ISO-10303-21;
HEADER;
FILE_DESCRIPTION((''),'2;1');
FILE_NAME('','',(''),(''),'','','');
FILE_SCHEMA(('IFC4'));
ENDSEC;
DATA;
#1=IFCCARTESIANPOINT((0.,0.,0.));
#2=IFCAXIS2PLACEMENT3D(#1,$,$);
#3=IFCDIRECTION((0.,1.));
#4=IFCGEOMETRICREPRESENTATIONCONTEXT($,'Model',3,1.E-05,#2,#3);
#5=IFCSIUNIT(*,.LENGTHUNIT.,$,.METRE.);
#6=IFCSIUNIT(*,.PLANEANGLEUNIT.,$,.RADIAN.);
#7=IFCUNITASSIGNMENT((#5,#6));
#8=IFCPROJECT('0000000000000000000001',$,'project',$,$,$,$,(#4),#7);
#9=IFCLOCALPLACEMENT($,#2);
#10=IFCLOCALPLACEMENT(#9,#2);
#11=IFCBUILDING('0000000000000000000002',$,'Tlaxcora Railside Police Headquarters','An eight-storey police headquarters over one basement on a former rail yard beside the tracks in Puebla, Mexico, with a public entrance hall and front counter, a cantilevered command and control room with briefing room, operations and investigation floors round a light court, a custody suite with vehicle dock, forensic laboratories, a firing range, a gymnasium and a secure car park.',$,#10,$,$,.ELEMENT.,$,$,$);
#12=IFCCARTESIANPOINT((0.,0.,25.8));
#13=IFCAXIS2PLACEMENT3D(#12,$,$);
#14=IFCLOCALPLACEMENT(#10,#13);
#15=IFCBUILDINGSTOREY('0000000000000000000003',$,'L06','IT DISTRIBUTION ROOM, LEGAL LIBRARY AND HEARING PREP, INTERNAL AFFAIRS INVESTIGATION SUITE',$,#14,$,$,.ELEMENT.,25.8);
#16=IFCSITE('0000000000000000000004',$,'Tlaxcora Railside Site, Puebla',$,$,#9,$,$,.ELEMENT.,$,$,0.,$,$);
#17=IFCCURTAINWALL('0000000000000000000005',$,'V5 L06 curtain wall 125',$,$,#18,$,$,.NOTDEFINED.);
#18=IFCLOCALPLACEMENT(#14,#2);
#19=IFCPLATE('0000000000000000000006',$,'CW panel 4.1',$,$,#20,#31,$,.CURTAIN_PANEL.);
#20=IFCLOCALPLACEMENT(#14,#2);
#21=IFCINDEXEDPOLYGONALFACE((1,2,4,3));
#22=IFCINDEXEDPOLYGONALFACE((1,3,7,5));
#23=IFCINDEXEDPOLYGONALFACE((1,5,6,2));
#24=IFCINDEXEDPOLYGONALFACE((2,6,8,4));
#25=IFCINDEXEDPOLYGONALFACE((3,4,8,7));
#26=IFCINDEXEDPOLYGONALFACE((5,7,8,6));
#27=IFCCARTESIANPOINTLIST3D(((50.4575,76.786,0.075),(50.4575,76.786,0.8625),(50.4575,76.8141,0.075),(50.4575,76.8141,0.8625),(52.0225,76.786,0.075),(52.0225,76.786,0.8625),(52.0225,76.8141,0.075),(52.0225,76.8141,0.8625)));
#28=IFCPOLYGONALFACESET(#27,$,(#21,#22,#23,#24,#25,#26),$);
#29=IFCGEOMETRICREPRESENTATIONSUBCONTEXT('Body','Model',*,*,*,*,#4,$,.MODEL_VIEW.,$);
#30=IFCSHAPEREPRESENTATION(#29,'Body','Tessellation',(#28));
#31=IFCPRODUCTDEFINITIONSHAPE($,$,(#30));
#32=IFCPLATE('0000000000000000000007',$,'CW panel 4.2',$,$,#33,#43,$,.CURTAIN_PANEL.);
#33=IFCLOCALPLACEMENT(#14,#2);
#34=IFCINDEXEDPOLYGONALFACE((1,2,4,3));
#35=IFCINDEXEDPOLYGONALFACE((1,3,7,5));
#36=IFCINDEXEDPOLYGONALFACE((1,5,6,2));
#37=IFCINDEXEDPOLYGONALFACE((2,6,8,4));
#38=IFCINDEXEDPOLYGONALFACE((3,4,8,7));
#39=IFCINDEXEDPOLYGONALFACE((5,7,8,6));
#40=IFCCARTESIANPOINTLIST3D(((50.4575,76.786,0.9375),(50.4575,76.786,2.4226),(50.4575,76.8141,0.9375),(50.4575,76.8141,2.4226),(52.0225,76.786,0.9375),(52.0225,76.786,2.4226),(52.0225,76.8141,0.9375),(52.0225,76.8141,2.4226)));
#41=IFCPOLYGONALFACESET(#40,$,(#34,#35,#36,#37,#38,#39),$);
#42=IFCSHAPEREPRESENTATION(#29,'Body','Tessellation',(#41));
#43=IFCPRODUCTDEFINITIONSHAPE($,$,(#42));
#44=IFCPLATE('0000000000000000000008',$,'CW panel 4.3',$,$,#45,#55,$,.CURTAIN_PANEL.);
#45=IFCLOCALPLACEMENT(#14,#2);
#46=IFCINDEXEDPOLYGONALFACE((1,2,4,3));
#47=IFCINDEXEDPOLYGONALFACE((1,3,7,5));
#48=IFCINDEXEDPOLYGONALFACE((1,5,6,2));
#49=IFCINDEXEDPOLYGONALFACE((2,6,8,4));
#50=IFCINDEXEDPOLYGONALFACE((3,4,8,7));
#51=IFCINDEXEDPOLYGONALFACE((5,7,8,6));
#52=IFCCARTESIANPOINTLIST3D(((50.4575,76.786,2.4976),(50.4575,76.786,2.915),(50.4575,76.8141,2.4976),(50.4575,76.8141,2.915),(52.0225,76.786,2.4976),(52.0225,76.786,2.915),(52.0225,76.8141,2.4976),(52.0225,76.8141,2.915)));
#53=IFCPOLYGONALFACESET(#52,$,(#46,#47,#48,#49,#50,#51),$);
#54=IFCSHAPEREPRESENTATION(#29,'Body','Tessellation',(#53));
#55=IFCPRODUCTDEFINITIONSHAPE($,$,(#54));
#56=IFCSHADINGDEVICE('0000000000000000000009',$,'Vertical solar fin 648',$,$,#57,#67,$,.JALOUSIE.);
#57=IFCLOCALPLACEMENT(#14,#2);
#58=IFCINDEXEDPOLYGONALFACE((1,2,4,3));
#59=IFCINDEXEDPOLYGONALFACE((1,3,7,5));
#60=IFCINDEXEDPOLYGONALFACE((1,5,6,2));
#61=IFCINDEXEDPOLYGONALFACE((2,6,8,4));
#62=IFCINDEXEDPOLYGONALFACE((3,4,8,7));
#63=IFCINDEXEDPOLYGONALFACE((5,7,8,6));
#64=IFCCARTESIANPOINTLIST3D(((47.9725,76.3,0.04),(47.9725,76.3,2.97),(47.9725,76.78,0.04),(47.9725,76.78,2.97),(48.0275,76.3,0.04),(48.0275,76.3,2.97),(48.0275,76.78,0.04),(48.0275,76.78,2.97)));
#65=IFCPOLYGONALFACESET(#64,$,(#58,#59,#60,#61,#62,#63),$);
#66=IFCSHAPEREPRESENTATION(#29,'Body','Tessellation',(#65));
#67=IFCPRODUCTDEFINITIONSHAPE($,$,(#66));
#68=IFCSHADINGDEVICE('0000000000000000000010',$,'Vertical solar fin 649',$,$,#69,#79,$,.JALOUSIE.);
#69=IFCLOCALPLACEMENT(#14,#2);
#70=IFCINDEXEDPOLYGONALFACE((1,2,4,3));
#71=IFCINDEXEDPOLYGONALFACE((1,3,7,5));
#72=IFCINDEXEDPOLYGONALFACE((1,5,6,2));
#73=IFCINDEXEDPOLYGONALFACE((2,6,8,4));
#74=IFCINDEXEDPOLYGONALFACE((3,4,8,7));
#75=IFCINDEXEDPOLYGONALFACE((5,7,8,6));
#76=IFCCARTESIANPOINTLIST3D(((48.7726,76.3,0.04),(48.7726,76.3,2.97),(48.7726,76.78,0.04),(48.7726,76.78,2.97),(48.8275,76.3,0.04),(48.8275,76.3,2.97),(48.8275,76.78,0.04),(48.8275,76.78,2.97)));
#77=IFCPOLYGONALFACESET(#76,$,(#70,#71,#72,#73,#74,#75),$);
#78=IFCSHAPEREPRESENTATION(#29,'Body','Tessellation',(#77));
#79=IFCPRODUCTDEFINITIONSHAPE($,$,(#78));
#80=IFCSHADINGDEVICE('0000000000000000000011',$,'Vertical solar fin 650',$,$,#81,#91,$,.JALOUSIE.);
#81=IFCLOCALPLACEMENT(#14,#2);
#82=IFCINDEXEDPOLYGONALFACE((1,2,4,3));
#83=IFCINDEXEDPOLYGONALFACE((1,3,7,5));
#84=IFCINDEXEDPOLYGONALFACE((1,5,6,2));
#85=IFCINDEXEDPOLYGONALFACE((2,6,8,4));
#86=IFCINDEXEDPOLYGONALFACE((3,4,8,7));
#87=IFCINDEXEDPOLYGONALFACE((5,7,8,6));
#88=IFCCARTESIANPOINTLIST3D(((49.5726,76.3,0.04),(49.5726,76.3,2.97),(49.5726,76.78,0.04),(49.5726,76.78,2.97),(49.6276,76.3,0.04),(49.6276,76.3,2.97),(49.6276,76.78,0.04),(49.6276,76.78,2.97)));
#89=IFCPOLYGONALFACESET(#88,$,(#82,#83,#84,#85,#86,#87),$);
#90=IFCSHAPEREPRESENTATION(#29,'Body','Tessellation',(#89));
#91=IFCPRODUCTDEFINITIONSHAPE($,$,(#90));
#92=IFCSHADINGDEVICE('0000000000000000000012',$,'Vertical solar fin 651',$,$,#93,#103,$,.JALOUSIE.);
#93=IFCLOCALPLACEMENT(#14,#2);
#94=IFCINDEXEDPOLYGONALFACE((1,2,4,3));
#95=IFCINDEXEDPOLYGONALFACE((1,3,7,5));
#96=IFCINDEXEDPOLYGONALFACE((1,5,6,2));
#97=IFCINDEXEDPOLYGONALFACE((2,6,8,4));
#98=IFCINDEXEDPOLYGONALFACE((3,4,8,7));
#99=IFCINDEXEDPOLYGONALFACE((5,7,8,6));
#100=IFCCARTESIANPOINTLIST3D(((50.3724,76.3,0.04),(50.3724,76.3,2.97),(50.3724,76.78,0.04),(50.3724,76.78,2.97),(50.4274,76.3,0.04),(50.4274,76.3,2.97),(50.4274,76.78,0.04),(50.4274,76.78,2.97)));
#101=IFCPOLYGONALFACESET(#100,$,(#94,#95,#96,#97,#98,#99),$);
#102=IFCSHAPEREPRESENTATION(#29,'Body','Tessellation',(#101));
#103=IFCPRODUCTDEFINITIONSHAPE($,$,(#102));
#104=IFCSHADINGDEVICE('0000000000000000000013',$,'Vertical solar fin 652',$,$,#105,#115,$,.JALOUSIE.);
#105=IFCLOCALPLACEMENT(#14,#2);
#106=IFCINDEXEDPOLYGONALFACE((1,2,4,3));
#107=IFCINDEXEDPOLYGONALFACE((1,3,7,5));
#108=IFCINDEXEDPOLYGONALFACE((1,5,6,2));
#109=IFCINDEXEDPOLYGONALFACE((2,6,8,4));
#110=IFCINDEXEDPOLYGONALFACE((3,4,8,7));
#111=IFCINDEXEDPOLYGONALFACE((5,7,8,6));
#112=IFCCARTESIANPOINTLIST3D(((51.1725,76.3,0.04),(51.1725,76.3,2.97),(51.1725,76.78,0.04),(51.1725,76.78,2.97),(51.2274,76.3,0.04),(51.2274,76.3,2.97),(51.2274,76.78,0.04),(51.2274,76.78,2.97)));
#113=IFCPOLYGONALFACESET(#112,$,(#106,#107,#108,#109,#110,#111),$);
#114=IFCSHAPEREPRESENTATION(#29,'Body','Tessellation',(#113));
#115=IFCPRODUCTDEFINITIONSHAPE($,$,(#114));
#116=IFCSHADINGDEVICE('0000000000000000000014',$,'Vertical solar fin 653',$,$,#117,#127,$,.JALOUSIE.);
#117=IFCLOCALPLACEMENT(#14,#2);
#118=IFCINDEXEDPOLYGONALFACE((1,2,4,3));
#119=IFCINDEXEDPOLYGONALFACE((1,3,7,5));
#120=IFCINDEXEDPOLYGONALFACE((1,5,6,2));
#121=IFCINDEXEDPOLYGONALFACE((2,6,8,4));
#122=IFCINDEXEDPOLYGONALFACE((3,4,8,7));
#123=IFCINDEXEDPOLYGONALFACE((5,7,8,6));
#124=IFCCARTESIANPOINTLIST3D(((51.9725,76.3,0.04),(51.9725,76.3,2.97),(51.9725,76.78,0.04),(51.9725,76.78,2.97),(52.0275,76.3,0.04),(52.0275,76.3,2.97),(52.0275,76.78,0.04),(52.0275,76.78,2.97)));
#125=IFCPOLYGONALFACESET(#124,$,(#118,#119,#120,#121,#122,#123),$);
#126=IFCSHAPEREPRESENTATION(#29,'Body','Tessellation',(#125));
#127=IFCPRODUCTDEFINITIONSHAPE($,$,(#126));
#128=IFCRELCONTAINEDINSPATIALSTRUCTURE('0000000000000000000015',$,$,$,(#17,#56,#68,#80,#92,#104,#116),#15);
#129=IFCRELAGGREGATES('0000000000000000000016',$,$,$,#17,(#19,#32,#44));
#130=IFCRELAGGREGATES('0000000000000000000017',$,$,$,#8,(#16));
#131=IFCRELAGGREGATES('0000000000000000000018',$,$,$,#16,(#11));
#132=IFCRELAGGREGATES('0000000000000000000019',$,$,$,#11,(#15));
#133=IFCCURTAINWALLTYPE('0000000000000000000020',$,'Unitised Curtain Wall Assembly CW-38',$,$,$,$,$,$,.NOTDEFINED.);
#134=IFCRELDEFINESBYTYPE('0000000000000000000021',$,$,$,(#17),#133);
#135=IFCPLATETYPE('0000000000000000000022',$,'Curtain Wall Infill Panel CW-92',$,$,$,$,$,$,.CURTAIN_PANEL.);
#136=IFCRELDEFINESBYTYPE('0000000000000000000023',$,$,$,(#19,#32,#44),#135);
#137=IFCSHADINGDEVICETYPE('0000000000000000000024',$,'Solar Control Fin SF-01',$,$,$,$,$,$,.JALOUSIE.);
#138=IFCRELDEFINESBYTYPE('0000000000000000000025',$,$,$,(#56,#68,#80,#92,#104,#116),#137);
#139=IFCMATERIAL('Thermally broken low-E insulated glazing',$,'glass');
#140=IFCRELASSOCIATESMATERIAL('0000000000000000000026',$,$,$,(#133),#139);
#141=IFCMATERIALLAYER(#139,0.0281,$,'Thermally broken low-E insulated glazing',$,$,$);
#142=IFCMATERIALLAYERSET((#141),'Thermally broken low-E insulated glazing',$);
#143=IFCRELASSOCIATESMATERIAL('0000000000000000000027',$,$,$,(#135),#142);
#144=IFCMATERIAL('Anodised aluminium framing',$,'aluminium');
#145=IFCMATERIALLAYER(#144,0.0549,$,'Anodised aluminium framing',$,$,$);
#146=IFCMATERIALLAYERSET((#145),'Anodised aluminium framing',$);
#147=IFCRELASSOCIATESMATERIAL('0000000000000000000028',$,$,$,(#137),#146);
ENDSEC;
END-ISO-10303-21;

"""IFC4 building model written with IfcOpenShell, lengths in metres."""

from ifc_helpers import new_model, si_unit, direction, frame, origin, origin_2d, place, context, subcontext, project, spatial, rectangle, extrude, material, layer, layer_set, type_object, element, aggregate, save


model = new_model("IFC4")

# Units and contexts
model_context = context("Model", 3, precision=1e-05, world=origin(), true_north=direction((0.0, 1.0)))
body_context = subcontext(model_context, "Body", "Model", "MODEL_VIEW")
ifc_project = project(units=[si_unit("LENGTHUNIT", "METRE"), si_unit("PLANEANGLEUNIT", "RADIAN")], contexts=[model_context])

# Site, building, storey
site_placement = place(None, origin())
site = spatial("IfcSite", under=ifc_project, at=site_placement, Name="Tlaxcora Railside Site, Puebla", CompositionType="ELEMENT", RefElevation=0.0)
building_placement = place(site_placement, origin())
building = spatial("IfcBuilding", under=site, at=building_placement, Name="Tlaxcora Railside Police Headquarters", Description="An eight-storey police headquarters over one basement on a former rail yard beside the tracks in Puebla, Mexico, with a public entrance hall and front counter, a cantilevered command and control room with briefing room, operations and investigation floors round a light court, a custody suite with vehicle dock, forensic laboratories, a firing range, a gymnasium and a secure car park.", CompositionType="ELEMENT")
storey_placement = place(building_placement, frame((0.0, 0.0, 25.8)))
storey = spatial("IfcBuildingStorey", under=building, at=storey_placement, Name="L06", Description="IT DISTRIBUTION ROOM, LEGAL LIBRARY AND HEARING PREP, INTERNAL AFFAIRS INVESTIGATION SUITE", CompositionType="ELEMENT", Elevation=25.8)

# Curtain wall, plates
ifc_material_1 = material(Name="Thermally broken low-E insulated glazing", Category="glass")
curtain_wall_type = type_object("IfcCurtainWallType", Name="Unitised Curtain Wall Assembly CW-38", PredefinedType="NOTDEFINED", material=ifc_material_1)
curtain_wall_placement = place(storey_placement, origin())
curtain_wall = element("IfcCurtainWall", 1, at=curtain_wall_placement, inside=storey, type_object=curtain_wall_type, Name="V5 L06 curtain wall 125", PredefinedType="NOTDEFINED")
ifc_material_2 = material(Name="Anodised aluminium framing", Category="aluminium")
ifc_layer_1 = layer(ifc_material_1, 0.0281, Name="Thermally broken low-E insulated glazing")
ifc_layer_set_1 = layer_set([ifc_layer_1], Name="Thermally broken low-E insulated glazing")
plate_type = type_object("IfcPlateType", Name="Curtain Wall Infill Panel CW-92", PredefinedType="CURTAIN_PANEL", material=ifc_layer_set_1)
plate_1_placement = place(storey_placement, frame((51.24, 76.8, 0.075), z_axis=(0.0, 0.0, 1.0), x_axis=(1.0, 0.0, 0.0)))
plate_1 = element("IfcPlate", 2, at=plate_1_placement, type_object=plate_type, Name="CW panel 4.1", PredefinedType="CURTAIN_PANEL", context=body_context, shape_type="SweptSolid", body=[
    extrude(rectangle(XDim=1.5649, YDim=0.0281, at=origin_2d()), origin(), (0.0, 0.0, 1.0), 0.7876),
])
plate_2_placement = place(storey_placement, frame((51.24, 76.8, 0.9375), z_axis=(0.0, 0.0, 1.0), x_axis=(1.0, 0.0, 0.0)))
plate_2 = element("IfcPlate", 3, at=plate_2_placement, type_object=plate_type, Name="CW panel 4.2", PredefinedType="CURTAIN_PANEL", context=body_context, shape_type="SweptSolid", body=[
    extrude(rectangle(XDim=1.5649, YDim=0.0281, at=origin_2d()), origin(), (0.0, 0.0, 1.0), 1.4851),
])
plate_3_placement = place(storey_placement, frame((51.24, 76.8, 2.4976), z_axis=(0.0, 0.0, 1.0), x_axis=(1.0, 0.0, 0.0)))
plate_3 = element("IfcPlate", 4, at=plate_3_placement, type_object=plate_type, Name="CW panel 4.3", PredefinedType="CURTAIN_PANEL", context=body_context, shape_type="SweptSolid", body=[
    extrude(rectangle(XDim=1.5649, YDim=0.0281, at=origin_2d()), origin(), (0.0, 0.0, 1.0), 0.4175),
])
aggregate(curtain_wall, [plate_1, plate_2, plate_3])

# Shading devices
ifc_layer_2 = layer(ifc_material_2, 0.0549, Name="Anodised aluminium framing")
ifc_layer_set_2 = layer_set([ifc_layer_2], Name="Anodised aluminium framing")
shading_device_type = type_object("IfcShadingDeviceType", Name="Solar Control Fin SF-01", PredefinedType="JALOUSIE", material=ifc_layer_set_2)
for number, where, z_axis, x_axis, name in (
    (5, (48.0, 76.54, 0.04), (0.0, 0.0, 1.0), (0.0, -1.0, 0.0), "Vertical solar fin 648"),
    (6, (48.8, 76.54, 0.04), (0.0, 0.0, 1.0), (0.0, -1.0, 0.0), "Vertical solar fin 649"),
    (7, (49.6001, 76.54, 0.04), (0.0, 0.0, 1.0), (0.0, -1.0, 0.0), "Vertical solar fin 650"),
    (8, (50.3999, 76.54, 0.04), (0.0, 0.0, 1.0), (0.0, -1.0, 0.0), "Vertical solar fin 651"),
    (9, (51.2, 76.54, 0.04), (0.0, 0.0, 1.0), (0.0, -1.0, 0.0), "Vertical solar fin 652"),
    (10, (52.0, 76.54, 0.04), (0.0, 0.0, 1.0), (0.0, -1.0, 0.0), "Vertical solar fin 653"),
):
    element("IfcShadingDevice", number, at=place(storey_placement, frame(where, z_axis=z_axis, x_axis=x_axis)), inside=storey, type_object=shading_device_type, Name=name, PredefinedType="JALOUSIE", context=body_context, shape_type="SweptSolid", body=[
        extrude(rectangle(XDim=0.48, YDim=0.0549, at=origin_2d()), origin(), (0.0, 0.0, 1.0), 2.9299),
    ])

save(model, "model.ifc")
